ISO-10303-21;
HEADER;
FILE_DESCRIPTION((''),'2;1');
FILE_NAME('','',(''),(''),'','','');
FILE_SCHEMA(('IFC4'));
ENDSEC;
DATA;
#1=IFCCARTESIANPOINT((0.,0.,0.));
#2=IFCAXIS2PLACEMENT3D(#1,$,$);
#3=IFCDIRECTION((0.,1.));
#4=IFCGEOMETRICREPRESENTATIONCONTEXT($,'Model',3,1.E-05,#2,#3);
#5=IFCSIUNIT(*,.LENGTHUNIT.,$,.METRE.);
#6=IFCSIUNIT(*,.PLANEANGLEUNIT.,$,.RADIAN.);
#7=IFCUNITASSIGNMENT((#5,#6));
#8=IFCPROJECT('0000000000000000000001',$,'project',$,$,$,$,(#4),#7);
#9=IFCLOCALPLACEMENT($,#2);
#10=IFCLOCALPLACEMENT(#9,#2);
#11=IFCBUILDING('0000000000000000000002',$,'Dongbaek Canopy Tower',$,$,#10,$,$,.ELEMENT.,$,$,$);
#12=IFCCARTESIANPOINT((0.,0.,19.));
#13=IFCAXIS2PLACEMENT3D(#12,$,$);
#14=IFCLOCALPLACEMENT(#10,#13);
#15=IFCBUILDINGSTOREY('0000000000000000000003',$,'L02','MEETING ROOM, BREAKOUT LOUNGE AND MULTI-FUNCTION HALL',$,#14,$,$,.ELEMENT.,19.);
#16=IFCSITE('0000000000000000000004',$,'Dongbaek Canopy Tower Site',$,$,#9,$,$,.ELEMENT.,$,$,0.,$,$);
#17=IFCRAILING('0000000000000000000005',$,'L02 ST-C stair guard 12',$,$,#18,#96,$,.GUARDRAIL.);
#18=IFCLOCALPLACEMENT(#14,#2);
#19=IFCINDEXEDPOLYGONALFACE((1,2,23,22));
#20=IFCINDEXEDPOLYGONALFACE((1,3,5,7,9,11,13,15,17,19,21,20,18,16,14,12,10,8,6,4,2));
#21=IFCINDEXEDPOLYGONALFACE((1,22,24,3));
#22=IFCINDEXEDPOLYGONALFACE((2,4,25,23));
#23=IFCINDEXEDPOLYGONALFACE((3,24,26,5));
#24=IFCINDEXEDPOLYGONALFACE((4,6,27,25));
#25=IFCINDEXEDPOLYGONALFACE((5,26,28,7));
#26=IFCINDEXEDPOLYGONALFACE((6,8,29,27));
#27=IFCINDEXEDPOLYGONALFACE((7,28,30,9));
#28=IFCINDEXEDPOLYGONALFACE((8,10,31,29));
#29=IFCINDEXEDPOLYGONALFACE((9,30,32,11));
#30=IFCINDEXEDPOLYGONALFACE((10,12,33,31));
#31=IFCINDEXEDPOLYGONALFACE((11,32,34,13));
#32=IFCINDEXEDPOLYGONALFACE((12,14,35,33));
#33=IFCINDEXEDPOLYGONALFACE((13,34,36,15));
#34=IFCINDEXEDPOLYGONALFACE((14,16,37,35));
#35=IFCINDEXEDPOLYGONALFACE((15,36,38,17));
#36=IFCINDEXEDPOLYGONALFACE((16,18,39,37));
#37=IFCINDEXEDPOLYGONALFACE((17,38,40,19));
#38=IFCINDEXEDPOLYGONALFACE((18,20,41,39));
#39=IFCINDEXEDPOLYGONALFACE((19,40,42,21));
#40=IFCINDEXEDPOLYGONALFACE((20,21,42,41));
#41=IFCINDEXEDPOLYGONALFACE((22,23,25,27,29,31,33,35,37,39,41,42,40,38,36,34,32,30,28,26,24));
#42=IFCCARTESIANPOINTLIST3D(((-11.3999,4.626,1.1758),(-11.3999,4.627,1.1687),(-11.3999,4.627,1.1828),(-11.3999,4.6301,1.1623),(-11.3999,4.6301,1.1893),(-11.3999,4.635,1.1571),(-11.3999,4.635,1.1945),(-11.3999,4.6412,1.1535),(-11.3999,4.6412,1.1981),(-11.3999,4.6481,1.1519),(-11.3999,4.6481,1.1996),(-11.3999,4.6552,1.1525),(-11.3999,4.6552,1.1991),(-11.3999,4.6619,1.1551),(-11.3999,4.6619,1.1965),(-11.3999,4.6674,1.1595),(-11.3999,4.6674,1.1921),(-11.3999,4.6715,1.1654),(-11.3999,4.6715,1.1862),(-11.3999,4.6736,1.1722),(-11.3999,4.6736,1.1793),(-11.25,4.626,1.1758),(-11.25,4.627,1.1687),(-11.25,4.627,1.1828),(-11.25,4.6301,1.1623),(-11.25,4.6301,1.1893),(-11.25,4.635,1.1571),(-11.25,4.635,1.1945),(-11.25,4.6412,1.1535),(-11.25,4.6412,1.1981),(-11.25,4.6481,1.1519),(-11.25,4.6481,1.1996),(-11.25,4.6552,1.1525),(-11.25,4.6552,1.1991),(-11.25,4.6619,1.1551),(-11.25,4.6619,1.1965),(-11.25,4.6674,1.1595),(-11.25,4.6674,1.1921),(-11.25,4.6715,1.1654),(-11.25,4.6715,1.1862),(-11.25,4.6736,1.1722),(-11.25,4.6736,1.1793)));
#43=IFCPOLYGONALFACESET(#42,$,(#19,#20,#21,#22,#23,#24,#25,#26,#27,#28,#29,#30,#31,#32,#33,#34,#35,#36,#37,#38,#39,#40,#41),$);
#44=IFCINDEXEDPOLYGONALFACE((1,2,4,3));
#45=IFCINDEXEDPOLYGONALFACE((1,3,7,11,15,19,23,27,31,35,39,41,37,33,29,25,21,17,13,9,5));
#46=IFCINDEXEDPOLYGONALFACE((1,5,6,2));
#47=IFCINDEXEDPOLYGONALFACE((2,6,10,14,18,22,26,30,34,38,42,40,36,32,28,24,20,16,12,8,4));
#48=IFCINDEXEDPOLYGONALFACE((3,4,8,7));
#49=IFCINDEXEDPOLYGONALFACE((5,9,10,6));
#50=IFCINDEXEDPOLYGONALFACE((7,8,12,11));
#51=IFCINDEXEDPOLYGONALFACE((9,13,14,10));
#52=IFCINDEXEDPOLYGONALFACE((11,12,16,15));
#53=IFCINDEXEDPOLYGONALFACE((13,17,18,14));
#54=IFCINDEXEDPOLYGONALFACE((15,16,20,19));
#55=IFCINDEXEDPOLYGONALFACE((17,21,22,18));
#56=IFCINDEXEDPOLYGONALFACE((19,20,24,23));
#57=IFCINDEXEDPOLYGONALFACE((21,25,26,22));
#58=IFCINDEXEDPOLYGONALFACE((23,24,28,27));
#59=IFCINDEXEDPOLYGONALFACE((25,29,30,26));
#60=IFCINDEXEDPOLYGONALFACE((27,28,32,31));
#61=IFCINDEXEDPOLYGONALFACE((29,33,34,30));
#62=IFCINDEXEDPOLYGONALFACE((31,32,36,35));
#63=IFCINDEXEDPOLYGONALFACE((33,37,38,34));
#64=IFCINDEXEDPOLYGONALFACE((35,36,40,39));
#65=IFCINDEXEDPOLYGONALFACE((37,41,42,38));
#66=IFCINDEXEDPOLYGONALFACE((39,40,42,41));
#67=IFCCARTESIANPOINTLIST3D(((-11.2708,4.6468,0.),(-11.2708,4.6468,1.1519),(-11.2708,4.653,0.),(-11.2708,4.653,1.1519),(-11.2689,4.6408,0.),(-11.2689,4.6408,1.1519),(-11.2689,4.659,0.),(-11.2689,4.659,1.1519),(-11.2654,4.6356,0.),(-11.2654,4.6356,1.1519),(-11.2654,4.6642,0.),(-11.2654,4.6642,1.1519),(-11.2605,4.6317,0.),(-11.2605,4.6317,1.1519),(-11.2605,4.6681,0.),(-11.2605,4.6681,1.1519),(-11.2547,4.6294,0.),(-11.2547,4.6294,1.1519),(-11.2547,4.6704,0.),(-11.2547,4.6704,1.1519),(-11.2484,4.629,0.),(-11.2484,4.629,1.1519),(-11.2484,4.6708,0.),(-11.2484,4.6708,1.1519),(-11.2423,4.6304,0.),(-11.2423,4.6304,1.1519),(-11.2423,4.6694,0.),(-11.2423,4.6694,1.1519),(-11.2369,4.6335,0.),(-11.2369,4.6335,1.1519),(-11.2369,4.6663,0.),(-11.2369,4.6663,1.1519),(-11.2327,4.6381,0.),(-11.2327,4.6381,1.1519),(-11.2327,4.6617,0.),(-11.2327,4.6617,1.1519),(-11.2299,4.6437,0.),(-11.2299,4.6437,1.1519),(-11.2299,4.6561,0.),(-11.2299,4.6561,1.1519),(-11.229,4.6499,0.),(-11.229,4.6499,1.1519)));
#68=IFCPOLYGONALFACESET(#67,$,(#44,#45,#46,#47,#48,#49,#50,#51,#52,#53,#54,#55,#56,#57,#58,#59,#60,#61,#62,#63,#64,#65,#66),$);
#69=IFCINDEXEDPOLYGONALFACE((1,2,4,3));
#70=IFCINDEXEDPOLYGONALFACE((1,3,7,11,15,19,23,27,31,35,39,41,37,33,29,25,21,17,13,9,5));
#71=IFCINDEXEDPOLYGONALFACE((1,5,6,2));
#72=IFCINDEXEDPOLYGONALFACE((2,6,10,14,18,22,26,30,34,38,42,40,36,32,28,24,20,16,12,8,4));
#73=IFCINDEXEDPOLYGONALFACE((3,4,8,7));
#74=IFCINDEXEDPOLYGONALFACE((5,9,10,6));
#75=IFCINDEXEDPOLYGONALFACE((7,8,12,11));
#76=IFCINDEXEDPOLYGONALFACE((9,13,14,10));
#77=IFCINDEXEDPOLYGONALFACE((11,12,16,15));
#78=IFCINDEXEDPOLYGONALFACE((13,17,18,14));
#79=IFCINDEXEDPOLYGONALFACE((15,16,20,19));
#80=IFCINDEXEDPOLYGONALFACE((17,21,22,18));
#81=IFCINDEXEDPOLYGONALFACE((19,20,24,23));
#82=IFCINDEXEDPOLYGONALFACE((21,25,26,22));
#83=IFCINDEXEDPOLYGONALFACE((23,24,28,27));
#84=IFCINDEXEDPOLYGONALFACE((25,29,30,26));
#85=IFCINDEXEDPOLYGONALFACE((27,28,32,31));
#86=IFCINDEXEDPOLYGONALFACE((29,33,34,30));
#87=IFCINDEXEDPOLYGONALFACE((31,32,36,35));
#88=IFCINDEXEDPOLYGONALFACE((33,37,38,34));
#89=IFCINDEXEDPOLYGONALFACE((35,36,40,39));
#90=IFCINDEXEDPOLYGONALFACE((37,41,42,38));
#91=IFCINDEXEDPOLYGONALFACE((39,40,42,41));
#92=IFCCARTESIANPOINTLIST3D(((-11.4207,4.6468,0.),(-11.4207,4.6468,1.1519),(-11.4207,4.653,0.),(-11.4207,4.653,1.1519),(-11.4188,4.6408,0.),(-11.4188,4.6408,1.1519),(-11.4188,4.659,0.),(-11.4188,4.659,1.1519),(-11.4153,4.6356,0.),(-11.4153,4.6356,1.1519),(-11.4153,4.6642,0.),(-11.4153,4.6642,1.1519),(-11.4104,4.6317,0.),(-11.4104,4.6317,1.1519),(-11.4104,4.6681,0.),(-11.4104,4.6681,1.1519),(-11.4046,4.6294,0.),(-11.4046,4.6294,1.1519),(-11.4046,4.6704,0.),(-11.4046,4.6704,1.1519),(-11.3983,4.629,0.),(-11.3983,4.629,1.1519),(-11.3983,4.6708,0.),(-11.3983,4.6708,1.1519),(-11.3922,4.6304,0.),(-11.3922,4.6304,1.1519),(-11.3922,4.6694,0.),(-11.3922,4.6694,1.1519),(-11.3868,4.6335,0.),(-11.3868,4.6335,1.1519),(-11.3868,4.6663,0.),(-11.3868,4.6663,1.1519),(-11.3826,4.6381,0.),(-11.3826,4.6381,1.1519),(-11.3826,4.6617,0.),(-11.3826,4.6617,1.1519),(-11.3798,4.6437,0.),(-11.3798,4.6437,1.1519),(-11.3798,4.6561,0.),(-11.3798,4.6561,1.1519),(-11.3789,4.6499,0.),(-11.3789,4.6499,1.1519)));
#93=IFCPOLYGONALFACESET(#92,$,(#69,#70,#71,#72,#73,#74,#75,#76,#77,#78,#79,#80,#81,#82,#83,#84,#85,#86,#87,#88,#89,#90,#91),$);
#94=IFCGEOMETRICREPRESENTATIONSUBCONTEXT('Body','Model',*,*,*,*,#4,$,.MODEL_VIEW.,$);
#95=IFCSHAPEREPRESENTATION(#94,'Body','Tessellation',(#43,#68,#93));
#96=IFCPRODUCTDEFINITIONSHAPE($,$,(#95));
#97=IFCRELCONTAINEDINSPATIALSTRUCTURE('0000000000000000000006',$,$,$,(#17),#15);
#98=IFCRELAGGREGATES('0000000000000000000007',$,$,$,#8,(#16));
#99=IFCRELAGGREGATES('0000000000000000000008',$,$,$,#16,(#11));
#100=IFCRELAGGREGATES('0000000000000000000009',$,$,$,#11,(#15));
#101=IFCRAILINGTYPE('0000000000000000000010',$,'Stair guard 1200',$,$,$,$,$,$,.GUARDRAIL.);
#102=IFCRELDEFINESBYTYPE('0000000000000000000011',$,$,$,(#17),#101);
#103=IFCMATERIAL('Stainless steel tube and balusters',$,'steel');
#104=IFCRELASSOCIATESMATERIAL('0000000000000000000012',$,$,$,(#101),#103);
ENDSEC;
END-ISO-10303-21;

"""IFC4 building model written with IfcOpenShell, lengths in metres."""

from ifc_helpers import new_model, si_unit, direction, frame, origin, origin_2d, place, context, subcontext, project, spatial, circle, extrude, material, type_object, element, save


model = new_model("IFC4")

# Units and contexts
model_context = context("Model", 3, precision=1e-05, world=origin(), true_north=direction((0.0, 1.0)))
body_context = subcontext(model_context, "Body", "Model", "MODEL_VIEW")
ifc_project = project(units=[si_unit("LENGTHUNIT", "METRE"), si_unit("PLANEANGLEUNIT", "RADIAN")], contexts=[model_context])

# Site, building, storey
site_placement = place(None, origin())
site = spatial("IfcSite", under=ifc_project, at=site_placement, Name="Dongbaek Canopy Tower Site", CompositionType="ELEMENT", RefElevation=0.0)
building_placement = place(site_placement, origin())
building = spatial("IfcBuilding", under=site, at=building_placement, Name="Dongbaek Canopy Tower", CompositionType="ELEMENT")
storey_placement = place(building_placement, frame((0.0, 0.0, 19.0)))
storey = spatial("IfcBuildingStorey", under=building, at=storey_placement, Name="L02", Description="MEETING ROOM, BREAKOUT LOUNGE AND MULTI-FUNCTION HALL", CompositionType="ELEMENT", Elevation=19.0)

# Railing
ifc_material_1 = material(Name="Stainless steel tube and balusters", Category="steel")
railing_type_1 = type_object("IfcRailingType", Name="Stair guard 1200", PredefinedType="GUARDRAIL", material=ifc_material_1)
railing_1_placement = place(storey_placement, frame((-11.25, 4.6499, 0.0)))
element("IfcRailing", 1, at=railing_1_placement, inside=storey, type_object=railing_type_1, Name="L02 ST-C stair guard 12", PredefinedType="GUARDRAIL", context=body_context, shape_type="SweptSolid", body=[
    extrude(circle(Radius=0.0239, at=origin_2d()), frame((0.0, 0.0, 1.1758), z_axis=(-1.0, 0.0, 0.0), x_axis=(0.0, -1.0, 0.0)), (0.0, 0.0, 1.0), 0.1499),
    extrude(circle(Radius=0.021, at=origin_2d()), origin(), (0.0, 0.0, 1.0), 1.1519),
    extrude(circle(Radius=0.021, at=origin_2d()), frame((-0.1499, 0.0, 0.0)), (0.0, 0.0, 1.0), 1.1519),
])

save(model, "model.ifc")
